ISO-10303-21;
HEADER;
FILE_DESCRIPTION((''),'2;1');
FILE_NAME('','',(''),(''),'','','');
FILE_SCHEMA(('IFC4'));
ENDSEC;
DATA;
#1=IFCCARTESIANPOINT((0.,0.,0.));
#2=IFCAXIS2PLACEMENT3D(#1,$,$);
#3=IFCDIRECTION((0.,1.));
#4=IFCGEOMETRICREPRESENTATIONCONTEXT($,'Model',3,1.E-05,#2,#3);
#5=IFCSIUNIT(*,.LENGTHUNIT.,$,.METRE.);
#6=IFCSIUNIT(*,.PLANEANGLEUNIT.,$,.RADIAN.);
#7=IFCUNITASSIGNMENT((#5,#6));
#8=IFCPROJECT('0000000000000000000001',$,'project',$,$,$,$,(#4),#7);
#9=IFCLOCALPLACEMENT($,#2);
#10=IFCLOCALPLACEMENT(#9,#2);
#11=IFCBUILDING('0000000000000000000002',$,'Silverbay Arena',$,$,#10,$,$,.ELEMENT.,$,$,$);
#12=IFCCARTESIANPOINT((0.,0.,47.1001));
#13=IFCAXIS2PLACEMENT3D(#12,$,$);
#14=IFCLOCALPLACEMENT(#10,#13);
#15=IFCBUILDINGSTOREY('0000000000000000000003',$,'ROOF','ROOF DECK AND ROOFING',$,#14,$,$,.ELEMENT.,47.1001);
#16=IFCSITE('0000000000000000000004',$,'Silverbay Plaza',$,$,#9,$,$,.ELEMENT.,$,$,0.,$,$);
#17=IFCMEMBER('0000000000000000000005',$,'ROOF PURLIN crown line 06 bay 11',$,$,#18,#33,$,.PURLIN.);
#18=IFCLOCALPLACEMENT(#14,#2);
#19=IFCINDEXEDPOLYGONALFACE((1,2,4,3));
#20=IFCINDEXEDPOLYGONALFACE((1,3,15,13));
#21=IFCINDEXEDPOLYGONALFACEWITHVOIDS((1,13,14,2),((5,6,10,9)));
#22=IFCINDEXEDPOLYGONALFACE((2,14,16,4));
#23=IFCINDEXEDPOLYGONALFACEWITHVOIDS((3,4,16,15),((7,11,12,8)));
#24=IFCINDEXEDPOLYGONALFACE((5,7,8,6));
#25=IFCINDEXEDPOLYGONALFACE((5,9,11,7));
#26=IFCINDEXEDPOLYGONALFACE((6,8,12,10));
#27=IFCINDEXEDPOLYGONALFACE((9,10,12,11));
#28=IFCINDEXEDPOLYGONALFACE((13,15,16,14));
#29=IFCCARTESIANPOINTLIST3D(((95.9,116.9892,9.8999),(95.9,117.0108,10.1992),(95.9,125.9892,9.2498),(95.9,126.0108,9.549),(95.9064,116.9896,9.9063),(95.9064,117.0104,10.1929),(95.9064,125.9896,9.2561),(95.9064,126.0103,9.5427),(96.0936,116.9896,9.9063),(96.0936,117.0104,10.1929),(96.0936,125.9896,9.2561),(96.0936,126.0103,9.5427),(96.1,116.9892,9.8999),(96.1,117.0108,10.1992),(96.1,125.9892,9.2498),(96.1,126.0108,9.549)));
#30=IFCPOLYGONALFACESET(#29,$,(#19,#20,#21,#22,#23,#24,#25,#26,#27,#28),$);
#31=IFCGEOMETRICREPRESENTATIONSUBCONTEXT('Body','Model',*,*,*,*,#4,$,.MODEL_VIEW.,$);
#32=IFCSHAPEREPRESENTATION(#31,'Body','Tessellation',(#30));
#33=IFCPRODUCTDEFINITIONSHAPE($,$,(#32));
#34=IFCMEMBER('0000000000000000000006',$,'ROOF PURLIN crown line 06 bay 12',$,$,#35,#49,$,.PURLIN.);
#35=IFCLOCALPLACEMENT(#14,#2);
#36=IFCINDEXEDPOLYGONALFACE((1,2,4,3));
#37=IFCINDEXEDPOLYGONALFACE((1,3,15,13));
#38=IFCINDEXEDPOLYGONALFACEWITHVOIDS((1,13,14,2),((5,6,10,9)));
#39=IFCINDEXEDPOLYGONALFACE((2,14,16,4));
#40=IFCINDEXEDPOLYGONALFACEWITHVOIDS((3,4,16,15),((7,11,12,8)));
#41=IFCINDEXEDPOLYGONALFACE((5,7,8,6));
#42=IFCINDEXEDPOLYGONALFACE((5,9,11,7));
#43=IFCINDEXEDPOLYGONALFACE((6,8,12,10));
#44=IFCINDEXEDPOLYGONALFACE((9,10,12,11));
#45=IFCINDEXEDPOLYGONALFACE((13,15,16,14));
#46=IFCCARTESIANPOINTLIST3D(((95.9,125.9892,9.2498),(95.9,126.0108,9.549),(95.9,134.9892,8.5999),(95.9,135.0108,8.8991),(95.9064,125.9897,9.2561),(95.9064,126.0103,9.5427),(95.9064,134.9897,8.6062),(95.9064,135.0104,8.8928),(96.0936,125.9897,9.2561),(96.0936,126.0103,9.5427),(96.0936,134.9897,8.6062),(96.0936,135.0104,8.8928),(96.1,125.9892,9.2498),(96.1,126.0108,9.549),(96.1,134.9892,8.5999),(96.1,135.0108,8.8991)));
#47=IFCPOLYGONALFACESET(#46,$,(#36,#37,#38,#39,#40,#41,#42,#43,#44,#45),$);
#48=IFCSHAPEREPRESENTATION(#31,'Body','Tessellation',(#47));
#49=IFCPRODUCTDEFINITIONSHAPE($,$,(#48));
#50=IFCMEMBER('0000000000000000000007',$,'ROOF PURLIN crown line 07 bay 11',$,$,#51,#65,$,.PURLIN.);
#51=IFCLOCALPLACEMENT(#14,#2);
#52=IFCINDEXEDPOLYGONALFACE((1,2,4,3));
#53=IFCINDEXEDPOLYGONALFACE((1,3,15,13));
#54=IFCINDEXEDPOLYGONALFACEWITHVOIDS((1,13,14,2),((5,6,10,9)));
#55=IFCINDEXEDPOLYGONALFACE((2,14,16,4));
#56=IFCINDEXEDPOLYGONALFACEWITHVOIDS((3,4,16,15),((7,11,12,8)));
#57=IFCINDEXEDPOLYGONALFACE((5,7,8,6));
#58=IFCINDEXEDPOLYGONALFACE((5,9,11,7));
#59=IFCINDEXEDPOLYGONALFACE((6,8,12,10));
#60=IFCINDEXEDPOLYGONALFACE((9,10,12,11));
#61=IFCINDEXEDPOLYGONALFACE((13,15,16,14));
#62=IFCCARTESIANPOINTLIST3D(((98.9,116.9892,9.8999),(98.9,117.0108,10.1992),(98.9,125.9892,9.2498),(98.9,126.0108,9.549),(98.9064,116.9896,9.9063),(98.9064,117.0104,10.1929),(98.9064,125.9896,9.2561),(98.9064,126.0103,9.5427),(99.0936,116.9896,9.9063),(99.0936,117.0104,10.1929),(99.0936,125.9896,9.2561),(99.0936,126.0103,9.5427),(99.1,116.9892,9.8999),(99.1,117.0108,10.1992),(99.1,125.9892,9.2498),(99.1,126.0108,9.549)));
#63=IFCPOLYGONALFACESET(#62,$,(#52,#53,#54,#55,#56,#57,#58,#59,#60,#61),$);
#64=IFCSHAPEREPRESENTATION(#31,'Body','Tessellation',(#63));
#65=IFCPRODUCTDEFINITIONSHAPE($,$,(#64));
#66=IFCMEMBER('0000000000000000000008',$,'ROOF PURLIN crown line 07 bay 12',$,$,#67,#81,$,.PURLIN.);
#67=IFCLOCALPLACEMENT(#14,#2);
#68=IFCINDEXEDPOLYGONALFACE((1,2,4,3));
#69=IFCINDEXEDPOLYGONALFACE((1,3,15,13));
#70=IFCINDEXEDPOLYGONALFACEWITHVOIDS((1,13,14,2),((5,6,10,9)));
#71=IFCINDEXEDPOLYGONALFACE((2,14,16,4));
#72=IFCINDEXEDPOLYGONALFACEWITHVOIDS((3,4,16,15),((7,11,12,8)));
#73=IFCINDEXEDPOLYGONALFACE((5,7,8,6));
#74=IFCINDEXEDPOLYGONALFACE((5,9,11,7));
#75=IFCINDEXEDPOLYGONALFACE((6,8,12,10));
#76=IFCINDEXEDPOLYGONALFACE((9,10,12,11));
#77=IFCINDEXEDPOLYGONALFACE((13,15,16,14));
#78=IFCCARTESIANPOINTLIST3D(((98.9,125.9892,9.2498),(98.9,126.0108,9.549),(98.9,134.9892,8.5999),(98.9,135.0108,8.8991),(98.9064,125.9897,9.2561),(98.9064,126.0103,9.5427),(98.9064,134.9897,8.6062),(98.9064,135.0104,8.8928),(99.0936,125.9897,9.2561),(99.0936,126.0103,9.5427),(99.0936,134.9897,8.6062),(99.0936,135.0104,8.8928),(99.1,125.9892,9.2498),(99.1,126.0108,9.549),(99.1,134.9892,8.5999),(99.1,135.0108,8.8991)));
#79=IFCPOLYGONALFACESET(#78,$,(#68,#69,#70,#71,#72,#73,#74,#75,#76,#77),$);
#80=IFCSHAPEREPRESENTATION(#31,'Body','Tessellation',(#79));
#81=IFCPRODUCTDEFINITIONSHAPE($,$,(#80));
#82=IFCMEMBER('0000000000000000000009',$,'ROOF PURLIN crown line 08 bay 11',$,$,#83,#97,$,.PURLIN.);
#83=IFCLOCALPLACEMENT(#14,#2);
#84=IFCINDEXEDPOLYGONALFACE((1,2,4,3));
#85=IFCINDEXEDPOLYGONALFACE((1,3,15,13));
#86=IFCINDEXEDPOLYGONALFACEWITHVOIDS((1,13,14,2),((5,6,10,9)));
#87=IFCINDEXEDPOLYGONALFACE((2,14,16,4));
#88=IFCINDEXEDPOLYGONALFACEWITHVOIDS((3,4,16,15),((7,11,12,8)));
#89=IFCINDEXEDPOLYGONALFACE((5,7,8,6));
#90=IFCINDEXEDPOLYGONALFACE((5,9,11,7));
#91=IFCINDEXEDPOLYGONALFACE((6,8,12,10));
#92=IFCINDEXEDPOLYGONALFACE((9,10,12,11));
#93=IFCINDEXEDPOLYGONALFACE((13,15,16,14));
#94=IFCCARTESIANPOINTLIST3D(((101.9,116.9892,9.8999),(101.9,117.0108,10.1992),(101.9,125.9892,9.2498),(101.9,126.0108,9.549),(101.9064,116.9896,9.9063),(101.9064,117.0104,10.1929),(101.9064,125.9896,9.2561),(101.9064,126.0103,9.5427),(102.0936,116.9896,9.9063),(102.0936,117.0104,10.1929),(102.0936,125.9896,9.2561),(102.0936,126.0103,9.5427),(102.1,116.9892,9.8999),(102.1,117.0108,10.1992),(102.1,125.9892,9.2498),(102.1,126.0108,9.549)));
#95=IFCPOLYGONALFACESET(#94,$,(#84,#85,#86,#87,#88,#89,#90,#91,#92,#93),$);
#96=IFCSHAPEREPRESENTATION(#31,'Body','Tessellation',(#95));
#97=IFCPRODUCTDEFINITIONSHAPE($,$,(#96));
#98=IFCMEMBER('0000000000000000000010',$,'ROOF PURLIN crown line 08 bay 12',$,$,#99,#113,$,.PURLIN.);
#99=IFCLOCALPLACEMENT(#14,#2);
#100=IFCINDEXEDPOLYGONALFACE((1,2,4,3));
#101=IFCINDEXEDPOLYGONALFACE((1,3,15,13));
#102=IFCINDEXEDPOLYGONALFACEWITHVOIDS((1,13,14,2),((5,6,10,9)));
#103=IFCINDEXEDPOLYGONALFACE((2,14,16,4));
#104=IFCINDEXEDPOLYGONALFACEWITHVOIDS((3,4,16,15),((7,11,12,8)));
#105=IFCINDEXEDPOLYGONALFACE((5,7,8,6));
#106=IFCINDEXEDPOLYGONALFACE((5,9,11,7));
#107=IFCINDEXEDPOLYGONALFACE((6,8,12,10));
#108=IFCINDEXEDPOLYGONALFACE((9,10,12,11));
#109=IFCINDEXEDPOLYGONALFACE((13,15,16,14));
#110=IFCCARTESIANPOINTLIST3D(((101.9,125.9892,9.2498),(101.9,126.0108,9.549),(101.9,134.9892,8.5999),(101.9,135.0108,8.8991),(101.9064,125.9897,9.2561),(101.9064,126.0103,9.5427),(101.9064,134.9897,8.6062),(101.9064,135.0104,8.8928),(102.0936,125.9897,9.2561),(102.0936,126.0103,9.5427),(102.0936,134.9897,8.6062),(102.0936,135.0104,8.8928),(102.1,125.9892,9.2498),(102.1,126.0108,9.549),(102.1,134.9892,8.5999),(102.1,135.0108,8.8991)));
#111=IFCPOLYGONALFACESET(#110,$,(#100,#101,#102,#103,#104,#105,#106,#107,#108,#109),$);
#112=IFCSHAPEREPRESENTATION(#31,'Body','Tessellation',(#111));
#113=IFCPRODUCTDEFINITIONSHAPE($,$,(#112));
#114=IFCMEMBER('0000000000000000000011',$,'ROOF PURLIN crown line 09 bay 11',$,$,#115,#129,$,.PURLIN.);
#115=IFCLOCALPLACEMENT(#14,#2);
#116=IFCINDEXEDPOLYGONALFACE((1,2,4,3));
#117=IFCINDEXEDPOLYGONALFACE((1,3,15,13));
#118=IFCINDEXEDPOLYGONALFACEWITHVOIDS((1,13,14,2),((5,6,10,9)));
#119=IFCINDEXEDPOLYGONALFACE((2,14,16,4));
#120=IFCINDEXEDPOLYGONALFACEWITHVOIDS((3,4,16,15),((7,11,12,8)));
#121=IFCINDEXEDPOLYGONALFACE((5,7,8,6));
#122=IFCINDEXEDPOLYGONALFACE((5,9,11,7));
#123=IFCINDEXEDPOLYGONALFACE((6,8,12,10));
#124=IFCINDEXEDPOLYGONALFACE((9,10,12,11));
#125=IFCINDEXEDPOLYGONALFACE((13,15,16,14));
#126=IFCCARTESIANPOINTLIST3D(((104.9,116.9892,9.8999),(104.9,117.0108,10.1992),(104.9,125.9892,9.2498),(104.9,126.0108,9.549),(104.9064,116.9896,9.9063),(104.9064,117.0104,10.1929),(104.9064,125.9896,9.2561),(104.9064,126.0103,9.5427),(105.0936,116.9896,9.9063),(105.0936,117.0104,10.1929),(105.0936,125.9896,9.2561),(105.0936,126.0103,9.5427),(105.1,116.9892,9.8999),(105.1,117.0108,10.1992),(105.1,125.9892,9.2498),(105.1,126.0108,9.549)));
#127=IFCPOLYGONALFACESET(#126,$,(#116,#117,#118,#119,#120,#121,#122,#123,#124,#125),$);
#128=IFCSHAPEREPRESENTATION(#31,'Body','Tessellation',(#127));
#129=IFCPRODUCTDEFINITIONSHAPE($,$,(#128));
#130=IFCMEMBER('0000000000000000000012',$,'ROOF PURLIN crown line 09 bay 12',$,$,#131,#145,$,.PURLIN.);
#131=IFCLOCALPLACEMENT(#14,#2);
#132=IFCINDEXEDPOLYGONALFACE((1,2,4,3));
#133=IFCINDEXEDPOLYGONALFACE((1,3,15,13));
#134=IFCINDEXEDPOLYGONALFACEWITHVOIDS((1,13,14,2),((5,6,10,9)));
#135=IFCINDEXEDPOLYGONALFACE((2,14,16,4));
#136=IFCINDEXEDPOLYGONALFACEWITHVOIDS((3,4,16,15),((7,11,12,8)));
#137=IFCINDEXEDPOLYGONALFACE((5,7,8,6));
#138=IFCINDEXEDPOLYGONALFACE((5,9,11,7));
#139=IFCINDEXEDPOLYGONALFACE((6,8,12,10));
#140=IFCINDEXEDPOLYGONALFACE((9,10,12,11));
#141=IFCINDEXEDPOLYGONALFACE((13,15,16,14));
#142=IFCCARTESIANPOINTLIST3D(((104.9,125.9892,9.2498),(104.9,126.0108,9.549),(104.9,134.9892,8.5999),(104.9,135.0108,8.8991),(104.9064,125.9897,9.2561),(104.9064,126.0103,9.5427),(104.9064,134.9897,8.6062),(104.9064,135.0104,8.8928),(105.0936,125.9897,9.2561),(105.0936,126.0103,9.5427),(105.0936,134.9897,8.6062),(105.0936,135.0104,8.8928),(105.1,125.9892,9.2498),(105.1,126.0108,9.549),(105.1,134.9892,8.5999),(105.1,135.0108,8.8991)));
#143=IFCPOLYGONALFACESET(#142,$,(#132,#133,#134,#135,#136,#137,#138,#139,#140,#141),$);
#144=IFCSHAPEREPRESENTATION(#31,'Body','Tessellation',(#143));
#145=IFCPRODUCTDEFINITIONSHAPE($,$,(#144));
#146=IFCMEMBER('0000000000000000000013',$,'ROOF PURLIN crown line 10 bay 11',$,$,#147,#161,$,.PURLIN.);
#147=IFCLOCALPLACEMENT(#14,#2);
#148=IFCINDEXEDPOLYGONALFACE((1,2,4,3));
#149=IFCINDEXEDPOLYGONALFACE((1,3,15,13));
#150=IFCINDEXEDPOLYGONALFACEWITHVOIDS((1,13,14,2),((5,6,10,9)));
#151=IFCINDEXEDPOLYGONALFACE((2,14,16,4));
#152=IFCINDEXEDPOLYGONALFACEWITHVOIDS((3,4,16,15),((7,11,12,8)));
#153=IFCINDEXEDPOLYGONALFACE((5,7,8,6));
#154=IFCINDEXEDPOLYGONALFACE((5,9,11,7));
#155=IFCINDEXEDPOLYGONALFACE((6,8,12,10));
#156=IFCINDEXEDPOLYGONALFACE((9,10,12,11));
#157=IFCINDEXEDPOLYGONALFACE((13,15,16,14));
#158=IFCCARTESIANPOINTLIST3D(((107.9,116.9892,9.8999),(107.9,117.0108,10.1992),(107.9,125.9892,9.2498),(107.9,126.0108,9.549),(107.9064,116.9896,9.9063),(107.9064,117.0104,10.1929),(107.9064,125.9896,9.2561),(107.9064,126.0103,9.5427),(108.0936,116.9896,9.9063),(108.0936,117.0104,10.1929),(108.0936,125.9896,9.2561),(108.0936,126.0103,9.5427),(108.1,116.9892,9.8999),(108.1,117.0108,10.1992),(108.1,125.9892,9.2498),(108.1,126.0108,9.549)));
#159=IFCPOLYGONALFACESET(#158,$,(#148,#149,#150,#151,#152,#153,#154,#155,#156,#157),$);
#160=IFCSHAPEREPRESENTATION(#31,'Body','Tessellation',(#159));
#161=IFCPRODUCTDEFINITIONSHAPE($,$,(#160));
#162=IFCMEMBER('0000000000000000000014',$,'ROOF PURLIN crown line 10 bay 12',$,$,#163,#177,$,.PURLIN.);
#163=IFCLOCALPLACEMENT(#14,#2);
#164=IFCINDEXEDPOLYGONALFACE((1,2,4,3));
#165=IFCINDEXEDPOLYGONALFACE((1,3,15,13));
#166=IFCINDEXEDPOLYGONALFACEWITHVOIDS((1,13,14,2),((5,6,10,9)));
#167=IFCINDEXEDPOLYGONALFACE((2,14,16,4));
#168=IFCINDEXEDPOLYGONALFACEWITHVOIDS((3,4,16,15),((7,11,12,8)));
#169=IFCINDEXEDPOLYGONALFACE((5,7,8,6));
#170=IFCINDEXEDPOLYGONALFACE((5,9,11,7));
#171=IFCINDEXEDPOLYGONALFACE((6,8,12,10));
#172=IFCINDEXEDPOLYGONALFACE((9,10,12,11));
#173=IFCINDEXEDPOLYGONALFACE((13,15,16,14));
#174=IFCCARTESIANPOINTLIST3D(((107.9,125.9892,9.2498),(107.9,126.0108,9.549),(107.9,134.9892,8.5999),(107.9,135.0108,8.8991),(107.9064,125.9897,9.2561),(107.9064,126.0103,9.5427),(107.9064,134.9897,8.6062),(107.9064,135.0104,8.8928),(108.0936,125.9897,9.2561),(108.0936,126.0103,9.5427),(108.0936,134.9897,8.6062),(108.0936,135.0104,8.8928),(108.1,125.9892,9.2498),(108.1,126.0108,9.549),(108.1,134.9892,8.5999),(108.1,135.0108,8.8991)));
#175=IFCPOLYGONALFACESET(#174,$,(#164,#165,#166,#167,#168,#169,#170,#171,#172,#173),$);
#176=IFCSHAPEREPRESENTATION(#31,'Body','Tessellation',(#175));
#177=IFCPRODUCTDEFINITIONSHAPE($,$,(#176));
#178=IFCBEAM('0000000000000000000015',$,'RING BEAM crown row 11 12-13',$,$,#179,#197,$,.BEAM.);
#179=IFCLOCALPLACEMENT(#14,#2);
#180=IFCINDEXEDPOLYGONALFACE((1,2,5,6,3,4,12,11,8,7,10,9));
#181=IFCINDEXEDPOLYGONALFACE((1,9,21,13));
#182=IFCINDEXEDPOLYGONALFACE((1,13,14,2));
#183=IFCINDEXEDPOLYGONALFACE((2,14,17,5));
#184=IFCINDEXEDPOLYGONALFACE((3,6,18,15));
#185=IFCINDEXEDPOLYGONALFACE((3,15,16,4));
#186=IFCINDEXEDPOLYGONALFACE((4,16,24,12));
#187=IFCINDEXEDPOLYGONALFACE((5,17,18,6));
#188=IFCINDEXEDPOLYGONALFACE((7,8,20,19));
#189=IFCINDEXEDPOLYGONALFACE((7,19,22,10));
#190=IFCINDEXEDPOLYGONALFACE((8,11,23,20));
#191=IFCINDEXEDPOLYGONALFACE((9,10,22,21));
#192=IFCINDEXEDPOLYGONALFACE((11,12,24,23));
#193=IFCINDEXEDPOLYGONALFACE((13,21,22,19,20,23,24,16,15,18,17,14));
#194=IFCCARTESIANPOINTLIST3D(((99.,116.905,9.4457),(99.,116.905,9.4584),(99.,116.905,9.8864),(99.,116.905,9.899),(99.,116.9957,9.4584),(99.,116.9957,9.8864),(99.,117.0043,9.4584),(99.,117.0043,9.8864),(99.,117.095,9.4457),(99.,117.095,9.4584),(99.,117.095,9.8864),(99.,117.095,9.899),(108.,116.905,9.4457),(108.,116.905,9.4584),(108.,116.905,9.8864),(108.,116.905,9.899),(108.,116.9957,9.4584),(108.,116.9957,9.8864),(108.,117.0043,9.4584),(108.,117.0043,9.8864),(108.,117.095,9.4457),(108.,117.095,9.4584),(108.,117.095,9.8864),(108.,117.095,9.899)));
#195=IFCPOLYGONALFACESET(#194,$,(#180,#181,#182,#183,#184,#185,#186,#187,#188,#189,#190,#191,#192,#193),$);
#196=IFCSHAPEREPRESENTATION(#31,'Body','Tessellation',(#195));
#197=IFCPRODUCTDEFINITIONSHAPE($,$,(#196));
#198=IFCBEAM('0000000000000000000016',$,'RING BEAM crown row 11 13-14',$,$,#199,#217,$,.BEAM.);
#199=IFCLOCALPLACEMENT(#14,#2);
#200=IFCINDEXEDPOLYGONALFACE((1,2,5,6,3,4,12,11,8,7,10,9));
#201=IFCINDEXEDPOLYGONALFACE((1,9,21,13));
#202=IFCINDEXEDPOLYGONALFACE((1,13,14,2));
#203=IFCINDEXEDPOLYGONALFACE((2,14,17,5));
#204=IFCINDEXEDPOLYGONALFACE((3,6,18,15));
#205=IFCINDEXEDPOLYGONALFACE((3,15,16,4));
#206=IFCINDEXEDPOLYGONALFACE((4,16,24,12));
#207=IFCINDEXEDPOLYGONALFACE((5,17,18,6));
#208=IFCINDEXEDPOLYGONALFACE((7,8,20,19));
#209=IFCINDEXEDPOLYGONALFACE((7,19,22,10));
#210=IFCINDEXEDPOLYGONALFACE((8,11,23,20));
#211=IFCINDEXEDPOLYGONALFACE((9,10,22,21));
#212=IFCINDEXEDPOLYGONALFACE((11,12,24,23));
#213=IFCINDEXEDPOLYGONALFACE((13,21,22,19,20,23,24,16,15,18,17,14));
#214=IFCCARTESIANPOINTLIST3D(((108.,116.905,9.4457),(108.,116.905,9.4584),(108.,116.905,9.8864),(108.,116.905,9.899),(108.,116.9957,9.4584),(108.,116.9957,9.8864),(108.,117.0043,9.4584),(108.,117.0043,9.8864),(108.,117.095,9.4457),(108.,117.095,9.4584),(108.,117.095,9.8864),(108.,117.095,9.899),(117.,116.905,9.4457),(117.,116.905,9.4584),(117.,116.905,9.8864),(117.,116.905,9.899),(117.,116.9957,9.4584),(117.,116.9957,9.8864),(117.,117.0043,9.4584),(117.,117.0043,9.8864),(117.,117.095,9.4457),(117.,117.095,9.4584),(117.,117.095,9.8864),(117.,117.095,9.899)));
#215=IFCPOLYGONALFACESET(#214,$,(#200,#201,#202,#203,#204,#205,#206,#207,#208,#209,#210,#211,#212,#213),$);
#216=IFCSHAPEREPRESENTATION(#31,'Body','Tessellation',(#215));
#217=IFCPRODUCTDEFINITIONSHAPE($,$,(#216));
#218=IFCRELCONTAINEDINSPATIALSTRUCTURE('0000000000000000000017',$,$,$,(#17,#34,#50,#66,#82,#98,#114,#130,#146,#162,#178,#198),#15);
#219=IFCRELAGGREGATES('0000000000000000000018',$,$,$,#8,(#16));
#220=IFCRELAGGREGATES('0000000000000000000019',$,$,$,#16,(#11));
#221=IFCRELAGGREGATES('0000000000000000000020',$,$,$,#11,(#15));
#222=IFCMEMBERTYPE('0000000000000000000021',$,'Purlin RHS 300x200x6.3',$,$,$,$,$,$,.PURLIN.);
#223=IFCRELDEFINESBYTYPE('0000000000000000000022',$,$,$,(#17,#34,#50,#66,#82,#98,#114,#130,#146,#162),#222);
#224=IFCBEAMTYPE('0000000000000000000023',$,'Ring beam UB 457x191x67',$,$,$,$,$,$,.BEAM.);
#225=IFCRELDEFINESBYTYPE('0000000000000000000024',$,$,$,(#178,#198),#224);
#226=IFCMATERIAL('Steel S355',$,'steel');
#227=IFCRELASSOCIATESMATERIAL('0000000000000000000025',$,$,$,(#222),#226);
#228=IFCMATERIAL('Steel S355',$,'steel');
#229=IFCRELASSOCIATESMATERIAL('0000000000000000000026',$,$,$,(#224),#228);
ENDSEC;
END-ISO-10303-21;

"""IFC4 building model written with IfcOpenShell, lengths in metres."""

from ifc_helpers import new_model, si_unit, direction, frame, origin, origin_2d, place, context, subcontext, project, spatial, hollow_rectangle, i_section, extrude, material, material_profile, profile_set, type_object, element, save


model = new_model("IFC4")

# Units and contexts
model_context = context("Model", 3, precision=1e-05, world=origin(), true_north=direction((0.0, 1.0)))
body_context = subcontext(model_context, "Body", "Model", "MODEL_VIEW")
ifc_project = project(units=[si_unit("LENGTHUNIT", "METRE"), si_unit("PLANEANGLEUNIT", "RADIAN")], contexts=[model_context])

# Site, building, storey
site_placement = place(None, origin())
site = spatial("IfcSite", under=ifc_project, at=site_placement, Name="Silverbay Plaza", CompositionType="ELEMENT", RefElevation=0.0)
building_placement = place(site_placement, origin())
building = spatial("IfcBuilding", under=site, at=building_placement, Name="Silverbay Arena", CompositionType="ELEMENT")
storey_placement = place(building_placement, frame((0.0, 0.0, 47.1001)))
storey = spatial("IfcBuildingStorey", under=building, at=storey_placement, Name="ROOF", Description="ROOF DECK AND ROOFING", CompositionType="ELEMENT", Elevation=47.1001)

# Members
ifc_material_1 = material(Name="Steel S355", Category="steel")
ifc_material_profile_1 = material_profile(ifc_material_1, hollow_rectangle(XDim=0.2, YDim=0.3, WallThickness=0.0063, at=origin_2d()), Name="RHS 300x200x6.3")
ifc_profile_set_1 = profile_set([ifc_material_profile_1], Name="Steel S355")
member_type_1 = type_object("IfcMemberType", Name="Purlin RHS 300x200x6.3", PredefinedType="PURLIN", material=ifc_profile_set_1)
for number, where, z_axis, x_axis, name in (
    (1, (96.0, 117.0, 10.0496), (0.0, 0.997401, -0.072051), (-1.0, 0.0, 0.0), "ROOF PURLIN crown line 06 bay 11"),
    (2, (96.0, 126.0, 9.3994), (0.0, 0.997403, -0.072024), (-1.0, 0.0, 0.0), "ROOF PURLIN crown line 06 bay 12"),
    (3, (99.0, 117.0, 10.0496), (0.0, 0.997401, -0.072051), (-1.0, 0.0, 0.0), "ROOF PURLIN crown line 07 bay 11"),
    (4, (99.0, 126.0, 9.3994), (0.0, 0.997403, -0.072024), (-1.0, 0.0, 0.0), "ROOF PURLIN crown line 07 bay 12"),
    (5, (102.0, 117.0, 10.0496), (0.0, 0.997401, -0.072051), (-1.0, 0.0, 0.0), "ROOF PURLIN crown line 08 bay 11"),
    (6, (102.0, 126.0, 9.3994), (0.0, 0.997403, -0.072024), (-1.0, 0.0, 0.0), "ROOF PURLIN crown line 08 bay 12"),
    (7, (105.0, 117.0, 10.0496), (0.0, 0.997401, -0.072051), (-1.0, 0.0, 0.0), "ROOF PURLIN crown line 09 bay 11"),
    (8, (105.0, 126.0, 9.3994), (0.0, 0.997403, -0.072024), (-1.0, 0.0, 0.0), "ROOF PURLIN crown line 09 bay 12"),
    (9, (108.0, 117.0, 10.0496), (0.0, 0.997401, -0.072051), (-1.0, 0.0, 0.0), "ROOF PURLIN crown line 10 bay 11"),
    (10, (108.0, 126.0, 9.3994), (0.0, 0.997403, -0.072024), (-1.0, 0.0, 0.0), "ROOF PURLIN crown line 10 bay 12"),
):
    element("IfcMember", number, at=place(storey_placement, frame(where, z_axis=z_axis, x_axis=x_axis)), inside=storey, type_object=member_type_1, Name=name, PredefinedType="PURLIN", context=body_context, shape_type="SweptSolid", body=[
        extrude(hollow_rectangle(XDim=0.2, YDim=0.3, WallThickness=0.0063, at=origin_2d()), origin(), (0.0, 0.0, 1.0), 9.0234),
    ])

# Beams
ifc_material_2 = material(Name="Steel S355", Category="steel")
ifc_material_profile_2 = material_profile(ifc_material_2, i_section(OverallWidth=0.1899, OverallDepth=0.4534, WebThickness=0.0085, FlangeThickness=0.0127, at=origin_2d()), Name="UB 457x191x67")
ifc_profile_set_2 = profile_set([ifc_material_profile_2], Name="Steel S355")
beam_type = type_object("IfcBeamType", Name="Ring beam UB 457x191x67", PredefinedType="BEAM", material=ifc_profile_set_2)
for number, where, z_axis, x_axis, name in (
    (11, (99.0, 117.0, 9.6724), (1.0, 0.0, 0.0), (0.0, 1.0, 0.0), "RING BEAM crown row 11 12-13"),
    (12, (108.0, 117.0, 9.6724), (1.0, 0.0, 0.0), (0.0, 1.0, 0.0), "RING BEAM crown row 11 13-14"),
):
    element("IfcBeam", number, at=place(storey_placement, frame(where, z_axis=z_axis, x_axis=x_axis)), inside=storey, type_object=beam_type, Name=name, PredefinedType="BEAM", context=body_context, shape_type="SweptSolid", body=[
        extrude(i_section(OverallWidth=0.1899, OverallDepth=0.4534, WebThickness=0.0085, FlangeThickness=0.0127, at=origin_2d()), origin(), (0.0, 0.0, 1.0), 9.0),
    ])

save(model, "model.ifc")
